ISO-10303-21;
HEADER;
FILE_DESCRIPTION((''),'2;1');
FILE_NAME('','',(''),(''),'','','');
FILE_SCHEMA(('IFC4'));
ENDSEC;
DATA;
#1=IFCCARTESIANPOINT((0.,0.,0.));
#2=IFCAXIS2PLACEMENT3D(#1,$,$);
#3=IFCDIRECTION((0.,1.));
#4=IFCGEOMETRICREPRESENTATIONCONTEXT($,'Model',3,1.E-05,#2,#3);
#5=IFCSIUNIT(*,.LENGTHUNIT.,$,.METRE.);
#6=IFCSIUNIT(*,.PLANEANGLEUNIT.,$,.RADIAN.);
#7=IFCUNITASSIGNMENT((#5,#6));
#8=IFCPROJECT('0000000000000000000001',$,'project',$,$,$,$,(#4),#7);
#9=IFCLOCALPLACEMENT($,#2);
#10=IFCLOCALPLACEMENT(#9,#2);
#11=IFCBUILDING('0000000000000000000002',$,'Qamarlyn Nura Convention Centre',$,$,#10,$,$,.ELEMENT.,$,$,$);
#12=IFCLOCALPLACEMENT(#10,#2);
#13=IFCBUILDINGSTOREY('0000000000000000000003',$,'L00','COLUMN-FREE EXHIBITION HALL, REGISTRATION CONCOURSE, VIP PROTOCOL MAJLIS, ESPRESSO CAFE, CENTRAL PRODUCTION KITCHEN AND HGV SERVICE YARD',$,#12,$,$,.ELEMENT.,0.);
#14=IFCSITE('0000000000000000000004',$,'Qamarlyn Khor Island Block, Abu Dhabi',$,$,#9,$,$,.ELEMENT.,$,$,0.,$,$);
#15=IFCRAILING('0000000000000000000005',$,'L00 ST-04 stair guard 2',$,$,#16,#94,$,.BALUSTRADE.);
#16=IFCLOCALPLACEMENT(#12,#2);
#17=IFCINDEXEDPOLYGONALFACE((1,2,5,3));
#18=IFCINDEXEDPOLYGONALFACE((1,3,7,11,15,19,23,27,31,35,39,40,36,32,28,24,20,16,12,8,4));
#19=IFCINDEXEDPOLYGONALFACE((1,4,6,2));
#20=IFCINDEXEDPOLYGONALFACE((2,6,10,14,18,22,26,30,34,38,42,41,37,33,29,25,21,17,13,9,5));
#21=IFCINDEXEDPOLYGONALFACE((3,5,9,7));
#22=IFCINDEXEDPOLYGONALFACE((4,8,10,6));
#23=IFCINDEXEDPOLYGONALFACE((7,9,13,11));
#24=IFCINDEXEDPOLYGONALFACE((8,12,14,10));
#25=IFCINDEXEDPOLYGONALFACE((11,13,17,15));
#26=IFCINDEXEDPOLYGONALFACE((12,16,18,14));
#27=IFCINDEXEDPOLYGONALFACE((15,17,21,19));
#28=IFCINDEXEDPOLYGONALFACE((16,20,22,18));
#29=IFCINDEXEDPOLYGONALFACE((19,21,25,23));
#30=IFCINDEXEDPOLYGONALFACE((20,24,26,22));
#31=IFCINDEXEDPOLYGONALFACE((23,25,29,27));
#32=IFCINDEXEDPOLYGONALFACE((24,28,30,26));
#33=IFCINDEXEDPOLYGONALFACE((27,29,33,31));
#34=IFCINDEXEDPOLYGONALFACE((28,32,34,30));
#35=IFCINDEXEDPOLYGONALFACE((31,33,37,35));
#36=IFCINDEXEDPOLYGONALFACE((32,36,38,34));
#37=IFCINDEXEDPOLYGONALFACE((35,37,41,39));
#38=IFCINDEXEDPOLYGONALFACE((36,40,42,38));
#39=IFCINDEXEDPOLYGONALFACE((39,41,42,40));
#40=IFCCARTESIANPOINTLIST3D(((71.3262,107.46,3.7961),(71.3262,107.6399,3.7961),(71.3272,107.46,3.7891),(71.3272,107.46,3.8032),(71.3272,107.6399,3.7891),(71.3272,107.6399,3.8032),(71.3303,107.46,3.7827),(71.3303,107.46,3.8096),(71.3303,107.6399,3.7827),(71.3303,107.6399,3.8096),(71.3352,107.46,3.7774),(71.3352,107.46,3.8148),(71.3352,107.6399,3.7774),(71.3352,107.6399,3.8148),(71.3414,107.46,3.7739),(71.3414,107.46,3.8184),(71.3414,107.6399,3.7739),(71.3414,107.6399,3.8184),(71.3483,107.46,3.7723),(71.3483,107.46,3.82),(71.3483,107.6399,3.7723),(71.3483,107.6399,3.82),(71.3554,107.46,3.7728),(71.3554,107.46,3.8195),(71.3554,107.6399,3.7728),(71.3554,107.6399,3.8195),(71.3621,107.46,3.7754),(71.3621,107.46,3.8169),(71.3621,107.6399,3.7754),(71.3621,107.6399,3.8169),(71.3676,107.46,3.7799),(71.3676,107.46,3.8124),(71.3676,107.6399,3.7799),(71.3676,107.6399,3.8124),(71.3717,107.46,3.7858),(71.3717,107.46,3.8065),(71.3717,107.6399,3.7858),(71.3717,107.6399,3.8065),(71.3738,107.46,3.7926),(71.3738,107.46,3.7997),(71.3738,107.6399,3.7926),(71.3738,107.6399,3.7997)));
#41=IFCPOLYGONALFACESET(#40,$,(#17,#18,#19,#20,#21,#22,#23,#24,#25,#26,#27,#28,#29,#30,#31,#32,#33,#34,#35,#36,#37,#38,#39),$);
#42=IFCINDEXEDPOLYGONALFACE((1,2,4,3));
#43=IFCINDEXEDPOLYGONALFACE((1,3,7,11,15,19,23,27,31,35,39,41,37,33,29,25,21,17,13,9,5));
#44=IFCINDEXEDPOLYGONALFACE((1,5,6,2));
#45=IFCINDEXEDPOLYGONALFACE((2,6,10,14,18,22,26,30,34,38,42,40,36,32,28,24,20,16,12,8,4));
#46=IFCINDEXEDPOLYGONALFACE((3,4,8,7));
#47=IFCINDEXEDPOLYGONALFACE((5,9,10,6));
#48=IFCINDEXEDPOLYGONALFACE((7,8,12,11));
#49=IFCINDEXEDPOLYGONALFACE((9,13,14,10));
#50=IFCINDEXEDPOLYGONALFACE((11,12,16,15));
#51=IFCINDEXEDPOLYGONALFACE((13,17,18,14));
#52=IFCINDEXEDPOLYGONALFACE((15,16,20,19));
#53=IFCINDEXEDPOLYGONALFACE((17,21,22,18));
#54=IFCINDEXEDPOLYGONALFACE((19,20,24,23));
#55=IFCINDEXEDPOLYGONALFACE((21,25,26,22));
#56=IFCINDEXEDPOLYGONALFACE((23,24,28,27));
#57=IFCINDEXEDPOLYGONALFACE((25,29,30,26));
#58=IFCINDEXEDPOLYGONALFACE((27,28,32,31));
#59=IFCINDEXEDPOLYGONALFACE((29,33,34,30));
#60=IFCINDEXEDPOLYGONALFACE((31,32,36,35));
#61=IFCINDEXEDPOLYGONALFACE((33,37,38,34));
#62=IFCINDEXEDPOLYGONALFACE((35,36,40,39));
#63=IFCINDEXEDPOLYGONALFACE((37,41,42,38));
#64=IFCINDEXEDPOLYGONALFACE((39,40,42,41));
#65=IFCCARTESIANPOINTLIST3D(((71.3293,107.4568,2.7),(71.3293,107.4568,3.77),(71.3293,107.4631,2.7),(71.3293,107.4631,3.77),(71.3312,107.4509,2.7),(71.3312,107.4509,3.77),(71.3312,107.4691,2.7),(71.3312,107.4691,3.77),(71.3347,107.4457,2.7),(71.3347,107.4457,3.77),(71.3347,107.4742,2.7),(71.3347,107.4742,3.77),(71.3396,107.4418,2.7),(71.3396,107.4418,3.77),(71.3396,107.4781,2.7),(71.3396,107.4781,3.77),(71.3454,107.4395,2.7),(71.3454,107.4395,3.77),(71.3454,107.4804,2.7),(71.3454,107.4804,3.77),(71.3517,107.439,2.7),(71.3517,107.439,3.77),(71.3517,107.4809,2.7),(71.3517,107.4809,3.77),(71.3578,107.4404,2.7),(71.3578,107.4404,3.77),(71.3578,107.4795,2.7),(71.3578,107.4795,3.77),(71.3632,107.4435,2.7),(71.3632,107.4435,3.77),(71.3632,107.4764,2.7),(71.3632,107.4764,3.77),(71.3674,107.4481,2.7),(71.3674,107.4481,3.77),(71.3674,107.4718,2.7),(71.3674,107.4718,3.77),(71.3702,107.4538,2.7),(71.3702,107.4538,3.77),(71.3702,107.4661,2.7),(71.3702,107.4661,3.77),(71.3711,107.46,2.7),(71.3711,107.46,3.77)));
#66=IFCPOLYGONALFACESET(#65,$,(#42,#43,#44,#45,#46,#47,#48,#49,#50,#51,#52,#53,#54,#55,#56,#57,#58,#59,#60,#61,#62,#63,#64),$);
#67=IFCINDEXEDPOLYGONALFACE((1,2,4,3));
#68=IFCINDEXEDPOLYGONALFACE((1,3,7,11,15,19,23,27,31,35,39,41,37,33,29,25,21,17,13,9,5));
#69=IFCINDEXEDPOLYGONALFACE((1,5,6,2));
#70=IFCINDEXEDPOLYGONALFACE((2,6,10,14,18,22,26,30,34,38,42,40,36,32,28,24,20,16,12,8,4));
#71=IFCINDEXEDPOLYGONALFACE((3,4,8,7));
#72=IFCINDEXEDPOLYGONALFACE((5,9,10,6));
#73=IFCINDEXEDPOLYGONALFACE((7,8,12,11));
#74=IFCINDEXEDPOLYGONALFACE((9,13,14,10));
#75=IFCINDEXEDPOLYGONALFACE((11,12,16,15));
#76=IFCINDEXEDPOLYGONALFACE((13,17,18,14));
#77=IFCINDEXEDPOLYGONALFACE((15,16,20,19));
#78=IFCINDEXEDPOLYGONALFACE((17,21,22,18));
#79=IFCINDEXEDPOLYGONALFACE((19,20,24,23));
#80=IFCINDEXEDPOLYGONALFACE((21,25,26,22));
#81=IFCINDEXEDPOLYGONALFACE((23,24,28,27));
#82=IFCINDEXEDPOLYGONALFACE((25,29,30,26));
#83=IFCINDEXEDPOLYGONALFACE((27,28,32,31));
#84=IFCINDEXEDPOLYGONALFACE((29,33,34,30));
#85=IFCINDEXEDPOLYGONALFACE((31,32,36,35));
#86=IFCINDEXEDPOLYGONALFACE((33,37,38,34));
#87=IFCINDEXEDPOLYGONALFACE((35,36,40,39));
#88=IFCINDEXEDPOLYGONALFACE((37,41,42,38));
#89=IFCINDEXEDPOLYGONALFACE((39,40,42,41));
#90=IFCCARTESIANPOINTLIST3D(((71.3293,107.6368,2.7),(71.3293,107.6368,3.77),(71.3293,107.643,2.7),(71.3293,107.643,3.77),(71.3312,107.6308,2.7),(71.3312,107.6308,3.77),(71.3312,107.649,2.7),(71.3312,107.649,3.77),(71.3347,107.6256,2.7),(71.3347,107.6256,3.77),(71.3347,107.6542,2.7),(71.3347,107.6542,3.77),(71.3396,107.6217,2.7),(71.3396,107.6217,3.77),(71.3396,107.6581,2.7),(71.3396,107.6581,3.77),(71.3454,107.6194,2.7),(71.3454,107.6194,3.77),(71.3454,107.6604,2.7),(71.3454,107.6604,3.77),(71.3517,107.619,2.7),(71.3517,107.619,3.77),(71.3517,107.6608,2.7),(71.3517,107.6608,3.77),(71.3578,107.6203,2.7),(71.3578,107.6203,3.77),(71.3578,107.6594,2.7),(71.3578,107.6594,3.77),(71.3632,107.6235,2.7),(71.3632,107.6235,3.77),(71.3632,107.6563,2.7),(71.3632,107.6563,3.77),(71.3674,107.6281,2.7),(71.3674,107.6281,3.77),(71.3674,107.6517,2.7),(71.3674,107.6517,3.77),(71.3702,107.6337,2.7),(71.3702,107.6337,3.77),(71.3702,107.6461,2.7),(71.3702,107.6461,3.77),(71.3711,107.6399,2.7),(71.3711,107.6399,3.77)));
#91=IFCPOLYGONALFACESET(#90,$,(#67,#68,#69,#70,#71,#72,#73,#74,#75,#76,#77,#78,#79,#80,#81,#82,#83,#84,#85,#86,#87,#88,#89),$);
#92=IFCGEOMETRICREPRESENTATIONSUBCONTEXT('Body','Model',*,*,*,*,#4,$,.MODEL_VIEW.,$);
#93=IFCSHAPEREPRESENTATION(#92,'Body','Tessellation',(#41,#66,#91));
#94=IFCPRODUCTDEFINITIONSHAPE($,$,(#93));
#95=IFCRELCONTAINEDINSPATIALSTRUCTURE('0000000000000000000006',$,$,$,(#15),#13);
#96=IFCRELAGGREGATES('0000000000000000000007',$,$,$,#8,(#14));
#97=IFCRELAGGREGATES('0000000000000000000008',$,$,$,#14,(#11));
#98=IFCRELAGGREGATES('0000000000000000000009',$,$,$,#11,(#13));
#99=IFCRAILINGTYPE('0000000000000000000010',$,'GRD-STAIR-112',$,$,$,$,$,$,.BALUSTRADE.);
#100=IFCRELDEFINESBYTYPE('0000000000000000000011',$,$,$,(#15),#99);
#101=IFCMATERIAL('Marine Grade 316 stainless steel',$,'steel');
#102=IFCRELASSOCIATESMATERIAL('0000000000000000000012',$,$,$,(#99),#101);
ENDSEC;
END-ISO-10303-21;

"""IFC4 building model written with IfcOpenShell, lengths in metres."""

from ifc_helpers import new_model, si_unit, direction, frame, origin, origin_2d, place, context, subcontext, project, spatial, circle, extrude, material, type_object, element, save


model = new_model("IFC4")

# Units and contexts
model_context = context("Model", 3, precision=1e-05, world=origin(), true_north=direction((0.0, 1.0)))
body_context = subcontext(model_context, "Body", "Model", "MODEL_VIEW")
ifc_project = project(units=[si_unit("LENGTHUNIT", "METRE"), si_unit("PLANEANGLEUNIT", "RADIAN")], contexts=[model_context])

# Site, building, storey
site_placement = place(None, origin())
site = spatial("IfcSite", under=ifc_project, at=site_placement, Name="Qamarlyn Khor Island Block, Abu Dhabi", CompositionType="ELEMENT", RefElevation=0.0)
building_placement = place(site_placement, origin())
building = spatial("IfcBuilding", under=site, at=building_placement, Name="Qamarlyn Nura Convention Centre", CompositionType="ELEMENT")
storey_placement = place(building_placement, origin())
storey = spatial("IfcBuildingStorey", under=building, at=storey_placement, Name="L00", Description="COLUMN-FREE EXHIBITION HALL, REGISTRATION CONCOURSE, VIP PROTOCOL MAJLIS, ESPRESSO CAFE, CENTRAL PRODUCTION KITCHEN AND HGV SERVICE YARD", CompositionType="ELEMENT", Elevation=0.0)

# Railing
ifc_material_1 = material(Name="Marine Grade 316 stainless steel", Category="steel")
railing_type_1 = type_object("IfcRailingType", Name="GRD-STAIR-112", PredefinedType="BALUSTRADE", material=ifc_material_1)
railing_1_placement = place(storey_placement, frame((71.3501, 107.46, 2.7)))
element("IfcRailing", 1, at=railing_1_placement, inside=storey, type_object=railing_type_1, Name="L00 ST-04 stair guard 2", PredefinedType="BALUSTRADE", context=body_context, shape_type="SweptSolid", body=[
    extrude(circle(Radius=0.0239, at=origin_2d()), frame((0.0, 0.0, 1.0962), z_axis=(0.0, 1.0, 0.0), x_axis=(-1.0, 0.0, 0.0)), (0.0, 0.0, 1.0), 0.1799),
    extrude(circle(Radius=0.021, at=origin_2d()), origin(), (0.0, 0.0, 1.0), 1.0701),
    extrude(circle(Radius=0.021, at=origin_2d()), frame((0.0, 0.1799, 0.0)), (0.0, 0.0, 1.0), 1.0701),
])

save(model, "model.ifc")
